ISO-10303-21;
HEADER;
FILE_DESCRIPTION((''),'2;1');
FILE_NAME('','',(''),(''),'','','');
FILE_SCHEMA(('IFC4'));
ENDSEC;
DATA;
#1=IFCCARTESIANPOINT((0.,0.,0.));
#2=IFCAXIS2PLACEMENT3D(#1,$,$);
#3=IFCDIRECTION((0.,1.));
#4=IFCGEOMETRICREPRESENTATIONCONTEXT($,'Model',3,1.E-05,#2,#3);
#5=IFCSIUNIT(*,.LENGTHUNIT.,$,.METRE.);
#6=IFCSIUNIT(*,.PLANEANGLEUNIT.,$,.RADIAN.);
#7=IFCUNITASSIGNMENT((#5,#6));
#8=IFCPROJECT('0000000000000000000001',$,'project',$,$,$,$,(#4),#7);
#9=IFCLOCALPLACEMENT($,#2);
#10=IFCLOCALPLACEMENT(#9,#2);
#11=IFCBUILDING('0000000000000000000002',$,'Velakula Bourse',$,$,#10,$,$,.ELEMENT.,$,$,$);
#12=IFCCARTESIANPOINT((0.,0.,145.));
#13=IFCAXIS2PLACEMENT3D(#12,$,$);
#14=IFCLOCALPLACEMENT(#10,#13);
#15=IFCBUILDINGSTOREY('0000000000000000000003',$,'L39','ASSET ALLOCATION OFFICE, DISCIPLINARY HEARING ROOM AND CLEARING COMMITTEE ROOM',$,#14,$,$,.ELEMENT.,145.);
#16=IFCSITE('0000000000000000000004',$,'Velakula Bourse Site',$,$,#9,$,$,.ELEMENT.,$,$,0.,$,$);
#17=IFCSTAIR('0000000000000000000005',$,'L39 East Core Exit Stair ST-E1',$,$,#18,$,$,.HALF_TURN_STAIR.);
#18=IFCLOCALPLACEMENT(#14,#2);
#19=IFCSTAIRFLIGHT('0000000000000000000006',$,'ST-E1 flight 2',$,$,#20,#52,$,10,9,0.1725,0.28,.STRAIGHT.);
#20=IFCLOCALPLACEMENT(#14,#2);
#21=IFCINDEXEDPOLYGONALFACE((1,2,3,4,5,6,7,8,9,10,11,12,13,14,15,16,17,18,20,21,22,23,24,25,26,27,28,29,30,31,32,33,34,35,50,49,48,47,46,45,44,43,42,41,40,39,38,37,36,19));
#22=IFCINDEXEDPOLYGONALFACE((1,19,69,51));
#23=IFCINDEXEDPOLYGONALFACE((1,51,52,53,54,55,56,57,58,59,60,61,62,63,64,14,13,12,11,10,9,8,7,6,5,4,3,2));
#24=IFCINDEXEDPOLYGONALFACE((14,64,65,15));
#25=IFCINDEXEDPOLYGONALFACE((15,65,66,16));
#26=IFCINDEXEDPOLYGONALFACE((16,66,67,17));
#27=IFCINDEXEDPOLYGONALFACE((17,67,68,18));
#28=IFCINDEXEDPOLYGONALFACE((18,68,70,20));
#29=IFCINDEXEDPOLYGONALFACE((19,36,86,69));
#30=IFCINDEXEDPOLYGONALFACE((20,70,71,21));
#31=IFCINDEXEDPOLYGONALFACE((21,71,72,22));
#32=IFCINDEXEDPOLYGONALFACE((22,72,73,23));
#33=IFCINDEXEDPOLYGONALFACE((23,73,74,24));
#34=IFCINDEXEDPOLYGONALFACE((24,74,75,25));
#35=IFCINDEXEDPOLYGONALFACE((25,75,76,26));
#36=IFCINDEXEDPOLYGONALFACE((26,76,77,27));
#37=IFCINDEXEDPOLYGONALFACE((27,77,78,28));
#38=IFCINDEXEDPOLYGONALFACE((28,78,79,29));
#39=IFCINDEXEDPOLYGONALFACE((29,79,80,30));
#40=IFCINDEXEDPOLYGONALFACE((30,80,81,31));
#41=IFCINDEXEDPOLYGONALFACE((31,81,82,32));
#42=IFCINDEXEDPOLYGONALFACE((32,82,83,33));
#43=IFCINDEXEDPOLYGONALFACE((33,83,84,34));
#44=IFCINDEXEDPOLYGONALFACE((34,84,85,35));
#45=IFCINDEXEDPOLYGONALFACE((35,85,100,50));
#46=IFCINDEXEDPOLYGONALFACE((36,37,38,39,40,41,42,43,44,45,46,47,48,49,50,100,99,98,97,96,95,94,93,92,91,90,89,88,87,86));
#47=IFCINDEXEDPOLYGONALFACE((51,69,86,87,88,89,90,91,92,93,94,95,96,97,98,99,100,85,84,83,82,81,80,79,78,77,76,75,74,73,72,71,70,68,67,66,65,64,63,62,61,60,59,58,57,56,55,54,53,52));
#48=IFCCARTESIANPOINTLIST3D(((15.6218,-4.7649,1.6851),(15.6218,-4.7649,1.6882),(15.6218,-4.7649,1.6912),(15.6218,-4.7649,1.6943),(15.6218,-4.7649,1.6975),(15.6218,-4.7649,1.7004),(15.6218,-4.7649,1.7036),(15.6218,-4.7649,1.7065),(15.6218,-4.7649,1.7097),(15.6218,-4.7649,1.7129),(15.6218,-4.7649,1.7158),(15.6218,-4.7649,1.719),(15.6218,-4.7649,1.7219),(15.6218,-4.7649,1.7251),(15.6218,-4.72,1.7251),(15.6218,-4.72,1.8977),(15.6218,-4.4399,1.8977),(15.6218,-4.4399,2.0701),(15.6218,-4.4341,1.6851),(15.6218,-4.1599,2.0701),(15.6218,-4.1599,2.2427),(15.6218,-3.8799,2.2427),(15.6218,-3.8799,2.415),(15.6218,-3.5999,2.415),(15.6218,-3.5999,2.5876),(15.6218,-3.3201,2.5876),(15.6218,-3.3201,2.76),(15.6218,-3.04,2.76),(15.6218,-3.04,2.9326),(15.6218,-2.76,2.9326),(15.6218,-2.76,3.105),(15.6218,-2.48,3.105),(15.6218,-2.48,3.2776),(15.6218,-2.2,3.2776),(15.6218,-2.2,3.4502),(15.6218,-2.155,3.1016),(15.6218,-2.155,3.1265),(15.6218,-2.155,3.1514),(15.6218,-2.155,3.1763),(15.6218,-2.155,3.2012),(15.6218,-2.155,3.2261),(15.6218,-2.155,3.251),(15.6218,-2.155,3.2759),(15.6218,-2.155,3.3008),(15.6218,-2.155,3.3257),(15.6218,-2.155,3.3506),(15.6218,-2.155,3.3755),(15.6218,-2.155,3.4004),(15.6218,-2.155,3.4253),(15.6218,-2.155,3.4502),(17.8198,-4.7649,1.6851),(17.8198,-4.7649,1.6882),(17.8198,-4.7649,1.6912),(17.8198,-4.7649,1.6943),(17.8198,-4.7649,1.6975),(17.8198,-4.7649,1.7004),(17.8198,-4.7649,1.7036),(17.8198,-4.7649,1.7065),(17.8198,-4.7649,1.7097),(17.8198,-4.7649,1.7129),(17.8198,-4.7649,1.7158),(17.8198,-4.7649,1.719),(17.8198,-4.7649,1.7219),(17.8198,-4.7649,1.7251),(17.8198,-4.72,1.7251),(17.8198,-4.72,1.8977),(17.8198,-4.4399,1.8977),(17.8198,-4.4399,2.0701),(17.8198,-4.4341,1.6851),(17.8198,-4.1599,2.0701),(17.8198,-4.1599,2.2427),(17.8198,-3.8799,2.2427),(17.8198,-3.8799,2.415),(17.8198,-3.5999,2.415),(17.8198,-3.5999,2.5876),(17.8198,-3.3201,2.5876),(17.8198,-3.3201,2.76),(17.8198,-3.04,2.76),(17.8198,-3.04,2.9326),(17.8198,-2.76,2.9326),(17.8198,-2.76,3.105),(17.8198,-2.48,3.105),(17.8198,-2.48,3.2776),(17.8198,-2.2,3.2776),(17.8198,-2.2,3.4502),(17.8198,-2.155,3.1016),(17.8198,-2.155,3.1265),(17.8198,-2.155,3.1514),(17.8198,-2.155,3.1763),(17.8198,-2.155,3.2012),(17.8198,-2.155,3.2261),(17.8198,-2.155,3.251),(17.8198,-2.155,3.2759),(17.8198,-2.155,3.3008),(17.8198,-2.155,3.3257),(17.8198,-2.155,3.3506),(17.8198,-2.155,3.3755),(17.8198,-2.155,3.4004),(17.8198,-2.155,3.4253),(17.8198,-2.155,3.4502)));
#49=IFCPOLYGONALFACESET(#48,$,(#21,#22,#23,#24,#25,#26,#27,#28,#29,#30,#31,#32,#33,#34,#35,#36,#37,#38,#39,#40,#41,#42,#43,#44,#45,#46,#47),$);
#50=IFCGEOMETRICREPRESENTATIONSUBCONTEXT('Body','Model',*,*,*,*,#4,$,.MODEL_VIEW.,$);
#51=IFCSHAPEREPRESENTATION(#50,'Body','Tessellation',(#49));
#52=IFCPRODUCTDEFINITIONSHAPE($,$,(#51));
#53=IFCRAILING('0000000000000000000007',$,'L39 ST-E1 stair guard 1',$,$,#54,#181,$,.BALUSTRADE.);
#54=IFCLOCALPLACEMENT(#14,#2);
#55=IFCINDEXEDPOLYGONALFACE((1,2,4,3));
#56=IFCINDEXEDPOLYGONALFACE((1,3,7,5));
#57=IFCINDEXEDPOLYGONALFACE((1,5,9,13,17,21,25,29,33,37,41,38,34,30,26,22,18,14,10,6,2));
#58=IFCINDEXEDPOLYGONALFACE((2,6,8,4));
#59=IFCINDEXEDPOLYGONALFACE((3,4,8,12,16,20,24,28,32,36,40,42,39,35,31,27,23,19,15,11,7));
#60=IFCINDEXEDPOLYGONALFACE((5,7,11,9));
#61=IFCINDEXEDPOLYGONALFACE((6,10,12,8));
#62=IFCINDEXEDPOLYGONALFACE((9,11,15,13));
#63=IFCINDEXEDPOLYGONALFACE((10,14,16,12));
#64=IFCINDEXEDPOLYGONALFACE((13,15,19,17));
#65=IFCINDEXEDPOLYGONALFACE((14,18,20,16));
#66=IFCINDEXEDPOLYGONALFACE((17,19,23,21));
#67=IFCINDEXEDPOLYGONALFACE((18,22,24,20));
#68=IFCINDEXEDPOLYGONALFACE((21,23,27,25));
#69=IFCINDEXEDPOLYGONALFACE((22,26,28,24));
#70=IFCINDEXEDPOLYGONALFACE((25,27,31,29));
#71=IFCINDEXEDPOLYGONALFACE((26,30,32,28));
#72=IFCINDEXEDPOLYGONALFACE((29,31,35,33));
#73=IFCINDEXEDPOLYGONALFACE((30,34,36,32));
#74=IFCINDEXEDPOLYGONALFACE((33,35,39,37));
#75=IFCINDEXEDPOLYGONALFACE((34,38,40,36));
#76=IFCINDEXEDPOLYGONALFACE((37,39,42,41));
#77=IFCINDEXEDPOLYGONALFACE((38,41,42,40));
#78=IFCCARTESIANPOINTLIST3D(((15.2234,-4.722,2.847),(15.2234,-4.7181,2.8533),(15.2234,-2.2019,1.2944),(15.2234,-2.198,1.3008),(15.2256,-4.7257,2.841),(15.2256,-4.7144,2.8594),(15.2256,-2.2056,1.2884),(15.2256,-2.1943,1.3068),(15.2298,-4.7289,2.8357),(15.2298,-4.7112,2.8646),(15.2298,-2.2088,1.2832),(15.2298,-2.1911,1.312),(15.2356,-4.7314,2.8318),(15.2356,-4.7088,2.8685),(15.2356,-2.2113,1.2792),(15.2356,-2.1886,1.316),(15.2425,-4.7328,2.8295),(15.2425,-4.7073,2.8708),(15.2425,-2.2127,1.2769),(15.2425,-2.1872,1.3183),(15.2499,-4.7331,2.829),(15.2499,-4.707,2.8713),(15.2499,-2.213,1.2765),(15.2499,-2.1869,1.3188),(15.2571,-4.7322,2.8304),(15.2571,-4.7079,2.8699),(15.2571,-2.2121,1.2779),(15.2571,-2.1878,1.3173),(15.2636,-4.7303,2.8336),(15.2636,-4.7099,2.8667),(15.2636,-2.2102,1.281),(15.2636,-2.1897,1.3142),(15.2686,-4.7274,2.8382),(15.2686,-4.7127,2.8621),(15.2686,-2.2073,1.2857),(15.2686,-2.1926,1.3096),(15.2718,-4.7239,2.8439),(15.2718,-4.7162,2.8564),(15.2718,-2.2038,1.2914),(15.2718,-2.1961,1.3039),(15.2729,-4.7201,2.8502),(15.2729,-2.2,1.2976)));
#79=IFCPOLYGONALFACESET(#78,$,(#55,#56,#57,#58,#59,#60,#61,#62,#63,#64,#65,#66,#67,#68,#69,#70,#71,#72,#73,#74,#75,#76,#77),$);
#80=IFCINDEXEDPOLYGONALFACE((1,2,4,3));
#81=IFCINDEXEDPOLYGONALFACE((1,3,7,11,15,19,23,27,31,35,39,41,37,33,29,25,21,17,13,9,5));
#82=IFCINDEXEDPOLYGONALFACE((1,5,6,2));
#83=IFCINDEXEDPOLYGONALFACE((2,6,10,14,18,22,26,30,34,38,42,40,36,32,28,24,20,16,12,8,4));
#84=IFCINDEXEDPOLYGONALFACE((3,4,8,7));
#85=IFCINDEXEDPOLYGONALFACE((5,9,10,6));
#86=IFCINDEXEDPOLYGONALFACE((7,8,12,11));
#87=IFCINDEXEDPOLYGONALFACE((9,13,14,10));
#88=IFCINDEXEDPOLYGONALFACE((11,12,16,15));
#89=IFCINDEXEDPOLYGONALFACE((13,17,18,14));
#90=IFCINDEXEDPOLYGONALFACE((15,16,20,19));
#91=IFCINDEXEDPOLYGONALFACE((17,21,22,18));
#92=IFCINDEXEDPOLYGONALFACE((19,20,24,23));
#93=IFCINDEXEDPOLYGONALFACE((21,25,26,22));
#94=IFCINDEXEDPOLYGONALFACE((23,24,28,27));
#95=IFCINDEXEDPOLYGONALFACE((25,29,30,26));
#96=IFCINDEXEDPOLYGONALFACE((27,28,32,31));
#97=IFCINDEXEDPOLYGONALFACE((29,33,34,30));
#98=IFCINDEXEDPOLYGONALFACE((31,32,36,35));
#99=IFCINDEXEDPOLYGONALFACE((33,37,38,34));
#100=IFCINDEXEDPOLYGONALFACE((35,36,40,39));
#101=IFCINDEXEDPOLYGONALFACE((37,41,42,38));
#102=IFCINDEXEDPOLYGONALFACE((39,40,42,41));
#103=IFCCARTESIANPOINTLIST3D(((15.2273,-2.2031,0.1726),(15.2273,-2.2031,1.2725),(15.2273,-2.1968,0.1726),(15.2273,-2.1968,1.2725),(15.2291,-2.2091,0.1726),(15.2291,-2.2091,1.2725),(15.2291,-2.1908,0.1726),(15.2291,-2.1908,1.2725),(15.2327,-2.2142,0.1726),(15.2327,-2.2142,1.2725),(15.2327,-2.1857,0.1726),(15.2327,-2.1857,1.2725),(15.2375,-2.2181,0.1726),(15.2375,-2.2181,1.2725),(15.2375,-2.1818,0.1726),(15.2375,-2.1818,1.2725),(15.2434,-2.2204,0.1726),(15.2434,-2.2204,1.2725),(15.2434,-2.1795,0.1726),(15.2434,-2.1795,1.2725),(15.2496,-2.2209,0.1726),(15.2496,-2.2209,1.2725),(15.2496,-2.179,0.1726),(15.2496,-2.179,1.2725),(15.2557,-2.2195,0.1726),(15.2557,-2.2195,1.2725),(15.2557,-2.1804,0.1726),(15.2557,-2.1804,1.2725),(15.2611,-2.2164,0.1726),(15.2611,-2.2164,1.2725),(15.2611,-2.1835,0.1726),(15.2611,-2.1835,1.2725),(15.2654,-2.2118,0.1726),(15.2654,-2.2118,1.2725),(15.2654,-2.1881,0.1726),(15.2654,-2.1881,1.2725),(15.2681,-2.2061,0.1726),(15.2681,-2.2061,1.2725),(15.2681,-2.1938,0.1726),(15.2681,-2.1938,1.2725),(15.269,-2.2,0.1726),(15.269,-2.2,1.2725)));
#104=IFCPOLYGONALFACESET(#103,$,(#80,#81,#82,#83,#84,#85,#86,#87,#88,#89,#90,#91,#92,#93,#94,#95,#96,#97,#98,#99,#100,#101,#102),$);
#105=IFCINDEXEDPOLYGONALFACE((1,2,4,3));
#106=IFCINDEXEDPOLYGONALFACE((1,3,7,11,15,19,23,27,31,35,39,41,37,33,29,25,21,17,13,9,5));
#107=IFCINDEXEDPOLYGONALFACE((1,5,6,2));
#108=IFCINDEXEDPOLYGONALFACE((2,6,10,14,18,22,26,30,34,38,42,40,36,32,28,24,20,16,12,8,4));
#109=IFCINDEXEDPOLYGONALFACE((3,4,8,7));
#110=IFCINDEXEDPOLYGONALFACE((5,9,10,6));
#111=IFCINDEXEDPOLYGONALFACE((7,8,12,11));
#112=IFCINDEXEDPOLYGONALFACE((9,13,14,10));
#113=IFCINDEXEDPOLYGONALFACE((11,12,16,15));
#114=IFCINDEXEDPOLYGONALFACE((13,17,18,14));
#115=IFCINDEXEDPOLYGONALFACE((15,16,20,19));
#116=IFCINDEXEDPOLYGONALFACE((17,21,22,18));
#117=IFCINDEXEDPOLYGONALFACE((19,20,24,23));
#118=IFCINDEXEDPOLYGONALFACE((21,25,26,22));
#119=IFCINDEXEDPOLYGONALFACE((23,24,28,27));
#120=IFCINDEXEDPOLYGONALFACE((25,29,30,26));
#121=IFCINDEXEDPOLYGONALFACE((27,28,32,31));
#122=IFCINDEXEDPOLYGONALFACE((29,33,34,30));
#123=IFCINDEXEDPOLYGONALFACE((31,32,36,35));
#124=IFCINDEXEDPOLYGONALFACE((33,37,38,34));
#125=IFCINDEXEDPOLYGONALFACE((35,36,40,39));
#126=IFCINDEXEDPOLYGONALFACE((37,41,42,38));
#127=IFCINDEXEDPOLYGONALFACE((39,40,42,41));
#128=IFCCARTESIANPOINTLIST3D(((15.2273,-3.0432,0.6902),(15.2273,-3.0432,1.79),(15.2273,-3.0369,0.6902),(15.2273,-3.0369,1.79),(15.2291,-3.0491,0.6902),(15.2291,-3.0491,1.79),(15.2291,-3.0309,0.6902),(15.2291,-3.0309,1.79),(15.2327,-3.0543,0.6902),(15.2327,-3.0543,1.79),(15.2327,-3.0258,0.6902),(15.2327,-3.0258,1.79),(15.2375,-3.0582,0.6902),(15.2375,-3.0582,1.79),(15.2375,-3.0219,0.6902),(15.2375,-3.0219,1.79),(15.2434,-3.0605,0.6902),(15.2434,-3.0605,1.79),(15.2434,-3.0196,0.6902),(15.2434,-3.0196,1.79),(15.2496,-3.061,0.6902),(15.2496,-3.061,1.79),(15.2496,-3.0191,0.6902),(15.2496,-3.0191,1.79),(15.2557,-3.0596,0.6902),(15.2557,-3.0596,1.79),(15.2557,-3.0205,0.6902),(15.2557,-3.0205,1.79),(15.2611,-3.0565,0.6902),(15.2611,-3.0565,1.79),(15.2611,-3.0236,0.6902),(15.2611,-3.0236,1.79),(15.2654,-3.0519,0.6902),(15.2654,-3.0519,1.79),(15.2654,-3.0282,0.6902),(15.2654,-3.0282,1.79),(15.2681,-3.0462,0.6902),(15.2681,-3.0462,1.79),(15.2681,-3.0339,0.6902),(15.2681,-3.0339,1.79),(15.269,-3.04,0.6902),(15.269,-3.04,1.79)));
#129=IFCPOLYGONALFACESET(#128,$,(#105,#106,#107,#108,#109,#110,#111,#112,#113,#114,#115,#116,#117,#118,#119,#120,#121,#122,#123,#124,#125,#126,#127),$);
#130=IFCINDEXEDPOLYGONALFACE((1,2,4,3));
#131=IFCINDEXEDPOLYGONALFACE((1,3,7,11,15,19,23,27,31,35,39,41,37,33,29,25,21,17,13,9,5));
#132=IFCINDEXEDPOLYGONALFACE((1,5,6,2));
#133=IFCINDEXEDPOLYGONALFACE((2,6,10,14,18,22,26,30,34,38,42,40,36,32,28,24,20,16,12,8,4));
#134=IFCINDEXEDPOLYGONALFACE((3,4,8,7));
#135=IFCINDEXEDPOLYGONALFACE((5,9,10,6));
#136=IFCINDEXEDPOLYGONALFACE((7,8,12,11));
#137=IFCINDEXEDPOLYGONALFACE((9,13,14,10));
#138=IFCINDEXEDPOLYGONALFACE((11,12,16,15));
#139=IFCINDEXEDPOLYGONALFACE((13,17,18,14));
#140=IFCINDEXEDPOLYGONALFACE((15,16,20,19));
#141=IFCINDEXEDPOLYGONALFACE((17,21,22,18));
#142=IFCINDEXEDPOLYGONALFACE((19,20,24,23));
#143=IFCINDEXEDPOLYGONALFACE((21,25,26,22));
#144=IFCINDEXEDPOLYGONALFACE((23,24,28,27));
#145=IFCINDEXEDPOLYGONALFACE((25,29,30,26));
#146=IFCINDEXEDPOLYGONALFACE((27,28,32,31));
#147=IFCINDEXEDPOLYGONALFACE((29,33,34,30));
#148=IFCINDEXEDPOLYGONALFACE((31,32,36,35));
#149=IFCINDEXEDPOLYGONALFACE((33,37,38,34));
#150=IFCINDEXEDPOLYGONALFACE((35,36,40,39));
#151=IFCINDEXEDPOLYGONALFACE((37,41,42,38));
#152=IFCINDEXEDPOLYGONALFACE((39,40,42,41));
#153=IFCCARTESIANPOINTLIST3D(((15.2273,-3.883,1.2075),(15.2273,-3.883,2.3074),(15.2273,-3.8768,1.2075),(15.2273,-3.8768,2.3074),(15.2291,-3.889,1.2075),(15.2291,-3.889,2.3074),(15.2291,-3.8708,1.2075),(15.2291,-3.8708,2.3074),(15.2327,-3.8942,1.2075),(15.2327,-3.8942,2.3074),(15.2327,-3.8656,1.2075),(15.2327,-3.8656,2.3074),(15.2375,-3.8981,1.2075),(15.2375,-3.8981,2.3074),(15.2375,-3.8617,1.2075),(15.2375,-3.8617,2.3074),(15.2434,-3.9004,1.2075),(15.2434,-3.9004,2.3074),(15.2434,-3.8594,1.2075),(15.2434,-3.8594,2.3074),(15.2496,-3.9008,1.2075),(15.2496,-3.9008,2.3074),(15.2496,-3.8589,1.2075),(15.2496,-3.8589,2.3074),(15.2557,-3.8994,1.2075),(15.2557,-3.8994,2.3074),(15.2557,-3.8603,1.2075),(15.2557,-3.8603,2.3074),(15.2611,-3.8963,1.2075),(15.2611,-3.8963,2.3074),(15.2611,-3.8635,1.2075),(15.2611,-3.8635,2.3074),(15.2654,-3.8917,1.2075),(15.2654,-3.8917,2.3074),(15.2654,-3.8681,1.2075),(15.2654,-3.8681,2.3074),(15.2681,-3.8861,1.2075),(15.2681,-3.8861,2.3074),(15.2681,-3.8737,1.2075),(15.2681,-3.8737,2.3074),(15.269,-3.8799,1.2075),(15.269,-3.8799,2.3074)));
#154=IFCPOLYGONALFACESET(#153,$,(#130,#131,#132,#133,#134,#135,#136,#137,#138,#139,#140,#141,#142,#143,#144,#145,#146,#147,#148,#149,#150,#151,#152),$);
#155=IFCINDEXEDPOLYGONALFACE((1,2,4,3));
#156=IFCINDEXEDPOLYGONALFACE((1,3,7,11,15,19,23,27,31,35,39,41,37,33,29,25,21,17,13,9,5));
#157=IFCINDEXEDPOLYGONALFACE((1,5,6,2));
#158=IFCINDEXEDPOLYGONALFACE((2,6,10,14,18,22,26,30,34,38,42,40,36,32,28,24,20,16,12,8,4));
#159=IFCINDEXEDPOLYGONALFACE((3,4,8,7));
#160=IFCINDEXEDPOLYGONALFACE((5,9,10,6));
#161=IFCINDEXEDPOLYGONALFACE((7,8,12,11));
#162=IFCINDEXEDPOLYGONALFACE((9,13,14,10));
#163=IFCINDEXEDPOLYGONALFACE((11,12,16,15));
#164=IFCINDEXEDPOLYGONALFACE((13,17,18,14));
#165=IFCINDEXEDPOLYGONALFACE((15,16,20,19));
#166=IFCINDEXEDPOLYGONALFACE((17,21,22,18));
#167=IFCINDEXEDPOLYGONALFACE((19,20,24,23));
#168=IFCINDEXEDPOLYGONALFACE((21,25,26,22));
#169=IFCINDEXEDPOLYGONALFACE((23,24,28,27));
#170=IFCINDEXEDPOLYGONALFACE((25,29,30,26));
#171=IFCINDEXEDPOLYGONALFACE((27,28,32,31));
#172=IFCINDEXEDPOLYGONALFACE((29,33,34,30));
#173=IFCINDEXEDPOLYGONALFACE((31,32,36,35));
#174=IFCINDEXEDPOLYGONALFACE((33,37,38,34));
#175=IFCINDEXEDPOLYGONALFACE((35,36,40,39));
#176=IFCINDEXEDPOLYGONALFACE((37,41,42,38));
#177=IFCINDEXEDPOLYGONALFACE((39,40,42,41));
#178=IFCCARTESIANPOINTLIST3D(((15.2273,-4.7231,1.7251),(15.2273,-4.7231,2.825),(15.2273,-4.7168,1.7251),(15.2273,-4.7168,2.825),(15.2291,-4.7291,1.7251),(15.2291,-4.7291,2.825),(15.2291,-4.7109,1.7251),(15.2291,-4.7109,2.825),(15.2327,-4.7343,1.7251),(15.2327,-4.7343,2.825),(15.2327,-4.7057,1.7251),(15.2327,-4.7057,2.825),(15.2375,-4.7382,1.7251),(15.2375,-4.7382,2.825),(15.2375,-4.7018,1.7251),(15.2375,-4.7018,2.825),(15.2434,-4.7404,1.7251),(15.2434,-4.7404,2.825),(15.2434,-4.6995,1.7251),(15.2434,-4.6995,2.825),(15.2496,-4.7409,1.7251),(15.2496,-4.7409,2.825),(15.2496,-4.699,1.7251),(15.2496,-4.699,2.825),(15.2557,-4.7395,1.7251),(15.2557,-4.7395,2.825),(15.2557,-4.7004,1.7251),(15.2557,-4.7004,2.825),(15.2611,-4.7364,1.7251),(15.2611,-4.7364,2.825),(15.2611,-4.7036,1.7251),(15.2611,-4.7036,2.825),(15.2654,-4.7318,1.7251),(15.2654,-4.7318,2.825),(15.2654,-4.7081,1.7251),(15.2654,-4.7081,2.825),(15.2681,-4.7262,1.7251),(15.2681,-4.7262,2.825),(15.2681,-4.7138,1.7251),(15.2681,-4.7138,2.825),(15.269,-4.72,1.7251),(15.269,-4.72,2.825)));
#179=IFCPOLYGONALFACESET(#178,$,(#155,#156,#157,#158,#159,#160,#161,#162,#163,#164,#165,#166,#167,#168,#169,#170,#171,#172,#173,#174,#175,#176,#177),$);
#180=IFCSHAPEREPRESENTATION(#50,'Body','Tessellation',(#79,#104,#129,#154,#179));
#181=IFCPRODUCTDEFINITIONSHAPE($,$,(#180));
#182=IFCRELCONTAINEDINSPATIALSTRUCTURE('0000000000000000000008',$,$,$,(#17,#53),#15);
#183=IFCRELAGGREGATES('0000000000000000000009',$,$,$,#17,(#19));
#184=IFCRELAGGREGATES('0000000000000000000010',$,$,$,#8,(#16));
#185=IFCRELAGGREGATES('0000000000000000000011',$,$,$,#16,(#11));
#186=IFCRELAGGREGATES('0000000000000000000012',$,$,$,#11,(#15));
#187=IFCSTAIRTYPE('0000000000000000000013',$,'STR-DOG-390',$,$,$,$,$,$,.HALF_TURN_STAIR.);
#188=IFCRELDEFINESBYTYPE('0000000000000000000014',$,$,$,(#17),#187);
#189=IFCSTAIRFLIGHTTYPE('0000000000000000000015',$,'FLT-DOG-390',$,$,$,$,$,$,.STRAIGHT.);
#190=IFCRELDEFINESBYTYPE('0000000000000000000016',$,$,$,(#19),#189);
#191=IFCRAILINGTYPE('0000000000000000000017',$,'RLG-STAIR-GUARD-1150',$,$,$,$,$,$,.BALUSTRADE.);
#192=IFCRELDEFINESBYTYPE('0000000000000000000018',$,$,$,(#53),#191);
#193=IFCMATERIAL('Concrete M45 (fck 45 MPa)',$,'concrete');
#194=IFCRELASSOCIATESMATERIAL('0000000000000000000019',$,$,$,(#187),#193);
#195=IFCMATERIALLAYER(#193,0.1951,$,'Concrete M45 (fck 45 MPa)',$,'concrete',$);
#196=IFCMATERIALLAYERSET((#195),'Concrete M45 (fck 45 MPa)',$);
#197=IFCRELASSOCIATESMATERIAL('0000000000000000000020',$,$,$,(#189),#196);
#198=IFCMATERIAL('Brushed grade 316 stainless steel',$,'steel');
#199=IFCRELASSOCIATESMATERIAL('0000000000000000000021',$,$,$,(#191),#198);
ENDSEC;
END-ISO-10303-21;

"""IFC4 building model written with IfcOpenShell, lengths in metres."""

from ifc_helpers import new_model, si_unit, direction, frame, origin, origin_2d, place, context, subcontext, project, spatial, polyline, circle, outline, extrude, material, layer, layer_set, type_object, element, aggregate, save


model = new_model("IFC4")

# Units and contexts
model_context = context("Model", 3, precision=1e-05, world=origin(), true_north=direction((0.0, 1.0)))
body_context = subcontext(model_context, "Body", "Model", "MODEL_VIEW")
ifc_project = project(units=[si_unit("LENGTHUNIT", "METRE"), si_unit("PLANEANGLEUNIT", "RADIAN")], contexts=[model_context])

# Site, building, storey
site_placement = place(None, origin())
site = spatial("IfcSite", under=ifc_project, at=site_placement, Name="Velakula Bourse Site", CompositionType="ELEMENT", RefElevation=0.0)
building_placement = place(site_placement, origin())
building = spatial("IfcBuilding", under=site, at=building_placement, Name="Velakula Bourse", CompositionType="ELEMENT")
storey_placement = place(building_placement, frame((0.0, 0.0, 145.0)))
storey = spatial("IfcBuildingStorey", under=building, at=storey_placement, Name="L39", Description="ASSET ALLOCATION OFFICE, DISCIPLINARY HEARING ROOM AND CLEARING COMMITTEE ROOM", CompositionType="ELEMENT", Elevation=145.0)

# Shared definitions
ifc_material_1 = material(Name="Brushed grade 316 stainless steel", Category="steel")

# Stair, stair flight
ifc_material_2 = material(Name="Concrete M45 (fck 45 MPa)", Category="concrete")
stair_type = type_object("IfcStairType", Name="STR-DOG-390", PredefinedType="HALF_TURN_STAIR", material=ifc_material_2)
stair_placement = place(storey_placement, origin())
stair = element("IfcStair", 1, at=stair_placement, inside=storey, type_object=stair_type, Name="L39 East Core Exit Stair ST-E1", PredefinedType="HALF_TURN_STAIR")
ifc_layer_1 = layer(ifc_material_2, 0.1951, Name="Concrete M45 (fck 45 MPa)", Category="concrete")
ifc_layer_set_1 = layer_set([ifc_layer_1], Name="Concrete M45 (fck 45 MPa)")
stair_flight_type = type_object("IfcStairFlightType", Name="FLT-DOG-390", PredefinedType="STRAIGHT", material=ifc_layer_set_1)
stair_flight_1_placement = place(storey_placement, frame((16.7209, -4.72, 1.7251), z_axis=(0.0, 0.0, 1.0), x_axis=(0.0, 1.0, 0.0)))
stair_flight_1 = element("IfcStairFlight", 2, at=stair_flight_1_placement, type_object=stair_flight_type, Name="ST-E1 flight 2", NumberOfRisers=10, NumberOfTreads=9, PredefinedType="STRAIGHT", RiserHeight=0.1725, TreadLength=0.28, context=body_context, shape_type="SweptSolid", body=[
    extrude(outline(polyline([(-0.0449, -0.04), (-0.0449, -0.0369), (-0.0449, -0.0339), (-0.0449, -0.0308), (-0.0449, -0.0276), (-0.0449, -0.0247), (-0.0449, -0.0215), (-0.0449, -0.0186), (-0.0449, -0.0154), (-0.0449, -0.0122), (-0.0449, -0.0093), (-0.0449, -0.0061), (-0.0449, -0.0032), (-0.0449, 0.0), (0.0, 0.0), (0.0, 0.1726), (0.28, 0.1726), (0.28, 0.345), (0.5601, 0.345), (0.5601, 0.5176), (0.8401, 0.5176), (0.8401, 0.6899), (1.1201, 0.6899), (1.1201, 0.8625), (1.3999, 0.8625), (1.3999, 1.0349), (1.6799, 1.0349), (1.6799, 1.2075), (1.96, 1.2075), (1.96, 1.3799), (2.24, 1.3799), (2.24, 1.5525), (2.52, 1.5525), (2.52, 1.7251), (2.5649, 1.7251), (2.5649, 1.7002), (2.5649, 1.6753), (2.5649, 1.6504), (2.5649, 1.6255), (2.5649, 1.6006), (2.5649, 1.5757), (2.5649, 1.5508), (2.5649, 1.5259), (2.5649, 1.501), (2.5649, 1.4761), (2.5649, 1.4512), (2.5649, 1.4263), (2.5649, 1.4014), (2.5649, 1.3765), (0.2859, -0.04), (-0.0449, -0.04)])), frame((0.0, 1.0991, 0.0), z_axis=(0.0, -1.0, 0.0), x_axis=(1.0, 0.0, 0.0)), (0.0, 0.0, 1.0), 2.198),
])
aggregate(stair, [stair_flight_1])

# Railing
railing_type_1 = type_object("IfcRailingType", Name="RLG-STAIR-GUARD-1150", PredefinedType="BALUSTRADE", material=ifc_material_1)
railing_1_placement = place(storey_placement, frame((15.248, -2.2, 0.1726)))
element("IfcRailing", 3, at=railing_1_placement, inside=storey, type_object=railing_type_1, Name="L39 ST-E1 stair guard 1", PredefinedType="BALUSTRADE", context=body_context, shape_type="SweptSolid", body=[
    extrude(circle(Radius=0.0249, at=origin_2d()), frame((0.0, 0.0, 1.125), z_axis=(0.0, -0.8514, 0.524516), x_axis=(1.0, 0.0, 0.0)), (0.0, 0.0, 1.0), 2.96),
    extrude(circle(Radius=0.021, at=origin_2d()), origin(), (0.0, 0.0, 1.0), 1.0999),
    extrude(circle(Radius=0.021, at=origin_2d()), frame((0.0, -0.8401, 0.5176)), (0.0, 0.0, 1.0), 1.0999),
    extrude(circle(Radius=0.021, at=origin_2d()), frame((0.0, -1.6799, 1.0349)), (0.0, 0.0, 1.0), 1.0999),
    extrude(circle(Radius=0.021, at=origin_2d()), frame((0.0, -2.52, 1.5525)), (0.0, 0.0, 1.0), 1.0999),
])

save(model, "model.ifc")
